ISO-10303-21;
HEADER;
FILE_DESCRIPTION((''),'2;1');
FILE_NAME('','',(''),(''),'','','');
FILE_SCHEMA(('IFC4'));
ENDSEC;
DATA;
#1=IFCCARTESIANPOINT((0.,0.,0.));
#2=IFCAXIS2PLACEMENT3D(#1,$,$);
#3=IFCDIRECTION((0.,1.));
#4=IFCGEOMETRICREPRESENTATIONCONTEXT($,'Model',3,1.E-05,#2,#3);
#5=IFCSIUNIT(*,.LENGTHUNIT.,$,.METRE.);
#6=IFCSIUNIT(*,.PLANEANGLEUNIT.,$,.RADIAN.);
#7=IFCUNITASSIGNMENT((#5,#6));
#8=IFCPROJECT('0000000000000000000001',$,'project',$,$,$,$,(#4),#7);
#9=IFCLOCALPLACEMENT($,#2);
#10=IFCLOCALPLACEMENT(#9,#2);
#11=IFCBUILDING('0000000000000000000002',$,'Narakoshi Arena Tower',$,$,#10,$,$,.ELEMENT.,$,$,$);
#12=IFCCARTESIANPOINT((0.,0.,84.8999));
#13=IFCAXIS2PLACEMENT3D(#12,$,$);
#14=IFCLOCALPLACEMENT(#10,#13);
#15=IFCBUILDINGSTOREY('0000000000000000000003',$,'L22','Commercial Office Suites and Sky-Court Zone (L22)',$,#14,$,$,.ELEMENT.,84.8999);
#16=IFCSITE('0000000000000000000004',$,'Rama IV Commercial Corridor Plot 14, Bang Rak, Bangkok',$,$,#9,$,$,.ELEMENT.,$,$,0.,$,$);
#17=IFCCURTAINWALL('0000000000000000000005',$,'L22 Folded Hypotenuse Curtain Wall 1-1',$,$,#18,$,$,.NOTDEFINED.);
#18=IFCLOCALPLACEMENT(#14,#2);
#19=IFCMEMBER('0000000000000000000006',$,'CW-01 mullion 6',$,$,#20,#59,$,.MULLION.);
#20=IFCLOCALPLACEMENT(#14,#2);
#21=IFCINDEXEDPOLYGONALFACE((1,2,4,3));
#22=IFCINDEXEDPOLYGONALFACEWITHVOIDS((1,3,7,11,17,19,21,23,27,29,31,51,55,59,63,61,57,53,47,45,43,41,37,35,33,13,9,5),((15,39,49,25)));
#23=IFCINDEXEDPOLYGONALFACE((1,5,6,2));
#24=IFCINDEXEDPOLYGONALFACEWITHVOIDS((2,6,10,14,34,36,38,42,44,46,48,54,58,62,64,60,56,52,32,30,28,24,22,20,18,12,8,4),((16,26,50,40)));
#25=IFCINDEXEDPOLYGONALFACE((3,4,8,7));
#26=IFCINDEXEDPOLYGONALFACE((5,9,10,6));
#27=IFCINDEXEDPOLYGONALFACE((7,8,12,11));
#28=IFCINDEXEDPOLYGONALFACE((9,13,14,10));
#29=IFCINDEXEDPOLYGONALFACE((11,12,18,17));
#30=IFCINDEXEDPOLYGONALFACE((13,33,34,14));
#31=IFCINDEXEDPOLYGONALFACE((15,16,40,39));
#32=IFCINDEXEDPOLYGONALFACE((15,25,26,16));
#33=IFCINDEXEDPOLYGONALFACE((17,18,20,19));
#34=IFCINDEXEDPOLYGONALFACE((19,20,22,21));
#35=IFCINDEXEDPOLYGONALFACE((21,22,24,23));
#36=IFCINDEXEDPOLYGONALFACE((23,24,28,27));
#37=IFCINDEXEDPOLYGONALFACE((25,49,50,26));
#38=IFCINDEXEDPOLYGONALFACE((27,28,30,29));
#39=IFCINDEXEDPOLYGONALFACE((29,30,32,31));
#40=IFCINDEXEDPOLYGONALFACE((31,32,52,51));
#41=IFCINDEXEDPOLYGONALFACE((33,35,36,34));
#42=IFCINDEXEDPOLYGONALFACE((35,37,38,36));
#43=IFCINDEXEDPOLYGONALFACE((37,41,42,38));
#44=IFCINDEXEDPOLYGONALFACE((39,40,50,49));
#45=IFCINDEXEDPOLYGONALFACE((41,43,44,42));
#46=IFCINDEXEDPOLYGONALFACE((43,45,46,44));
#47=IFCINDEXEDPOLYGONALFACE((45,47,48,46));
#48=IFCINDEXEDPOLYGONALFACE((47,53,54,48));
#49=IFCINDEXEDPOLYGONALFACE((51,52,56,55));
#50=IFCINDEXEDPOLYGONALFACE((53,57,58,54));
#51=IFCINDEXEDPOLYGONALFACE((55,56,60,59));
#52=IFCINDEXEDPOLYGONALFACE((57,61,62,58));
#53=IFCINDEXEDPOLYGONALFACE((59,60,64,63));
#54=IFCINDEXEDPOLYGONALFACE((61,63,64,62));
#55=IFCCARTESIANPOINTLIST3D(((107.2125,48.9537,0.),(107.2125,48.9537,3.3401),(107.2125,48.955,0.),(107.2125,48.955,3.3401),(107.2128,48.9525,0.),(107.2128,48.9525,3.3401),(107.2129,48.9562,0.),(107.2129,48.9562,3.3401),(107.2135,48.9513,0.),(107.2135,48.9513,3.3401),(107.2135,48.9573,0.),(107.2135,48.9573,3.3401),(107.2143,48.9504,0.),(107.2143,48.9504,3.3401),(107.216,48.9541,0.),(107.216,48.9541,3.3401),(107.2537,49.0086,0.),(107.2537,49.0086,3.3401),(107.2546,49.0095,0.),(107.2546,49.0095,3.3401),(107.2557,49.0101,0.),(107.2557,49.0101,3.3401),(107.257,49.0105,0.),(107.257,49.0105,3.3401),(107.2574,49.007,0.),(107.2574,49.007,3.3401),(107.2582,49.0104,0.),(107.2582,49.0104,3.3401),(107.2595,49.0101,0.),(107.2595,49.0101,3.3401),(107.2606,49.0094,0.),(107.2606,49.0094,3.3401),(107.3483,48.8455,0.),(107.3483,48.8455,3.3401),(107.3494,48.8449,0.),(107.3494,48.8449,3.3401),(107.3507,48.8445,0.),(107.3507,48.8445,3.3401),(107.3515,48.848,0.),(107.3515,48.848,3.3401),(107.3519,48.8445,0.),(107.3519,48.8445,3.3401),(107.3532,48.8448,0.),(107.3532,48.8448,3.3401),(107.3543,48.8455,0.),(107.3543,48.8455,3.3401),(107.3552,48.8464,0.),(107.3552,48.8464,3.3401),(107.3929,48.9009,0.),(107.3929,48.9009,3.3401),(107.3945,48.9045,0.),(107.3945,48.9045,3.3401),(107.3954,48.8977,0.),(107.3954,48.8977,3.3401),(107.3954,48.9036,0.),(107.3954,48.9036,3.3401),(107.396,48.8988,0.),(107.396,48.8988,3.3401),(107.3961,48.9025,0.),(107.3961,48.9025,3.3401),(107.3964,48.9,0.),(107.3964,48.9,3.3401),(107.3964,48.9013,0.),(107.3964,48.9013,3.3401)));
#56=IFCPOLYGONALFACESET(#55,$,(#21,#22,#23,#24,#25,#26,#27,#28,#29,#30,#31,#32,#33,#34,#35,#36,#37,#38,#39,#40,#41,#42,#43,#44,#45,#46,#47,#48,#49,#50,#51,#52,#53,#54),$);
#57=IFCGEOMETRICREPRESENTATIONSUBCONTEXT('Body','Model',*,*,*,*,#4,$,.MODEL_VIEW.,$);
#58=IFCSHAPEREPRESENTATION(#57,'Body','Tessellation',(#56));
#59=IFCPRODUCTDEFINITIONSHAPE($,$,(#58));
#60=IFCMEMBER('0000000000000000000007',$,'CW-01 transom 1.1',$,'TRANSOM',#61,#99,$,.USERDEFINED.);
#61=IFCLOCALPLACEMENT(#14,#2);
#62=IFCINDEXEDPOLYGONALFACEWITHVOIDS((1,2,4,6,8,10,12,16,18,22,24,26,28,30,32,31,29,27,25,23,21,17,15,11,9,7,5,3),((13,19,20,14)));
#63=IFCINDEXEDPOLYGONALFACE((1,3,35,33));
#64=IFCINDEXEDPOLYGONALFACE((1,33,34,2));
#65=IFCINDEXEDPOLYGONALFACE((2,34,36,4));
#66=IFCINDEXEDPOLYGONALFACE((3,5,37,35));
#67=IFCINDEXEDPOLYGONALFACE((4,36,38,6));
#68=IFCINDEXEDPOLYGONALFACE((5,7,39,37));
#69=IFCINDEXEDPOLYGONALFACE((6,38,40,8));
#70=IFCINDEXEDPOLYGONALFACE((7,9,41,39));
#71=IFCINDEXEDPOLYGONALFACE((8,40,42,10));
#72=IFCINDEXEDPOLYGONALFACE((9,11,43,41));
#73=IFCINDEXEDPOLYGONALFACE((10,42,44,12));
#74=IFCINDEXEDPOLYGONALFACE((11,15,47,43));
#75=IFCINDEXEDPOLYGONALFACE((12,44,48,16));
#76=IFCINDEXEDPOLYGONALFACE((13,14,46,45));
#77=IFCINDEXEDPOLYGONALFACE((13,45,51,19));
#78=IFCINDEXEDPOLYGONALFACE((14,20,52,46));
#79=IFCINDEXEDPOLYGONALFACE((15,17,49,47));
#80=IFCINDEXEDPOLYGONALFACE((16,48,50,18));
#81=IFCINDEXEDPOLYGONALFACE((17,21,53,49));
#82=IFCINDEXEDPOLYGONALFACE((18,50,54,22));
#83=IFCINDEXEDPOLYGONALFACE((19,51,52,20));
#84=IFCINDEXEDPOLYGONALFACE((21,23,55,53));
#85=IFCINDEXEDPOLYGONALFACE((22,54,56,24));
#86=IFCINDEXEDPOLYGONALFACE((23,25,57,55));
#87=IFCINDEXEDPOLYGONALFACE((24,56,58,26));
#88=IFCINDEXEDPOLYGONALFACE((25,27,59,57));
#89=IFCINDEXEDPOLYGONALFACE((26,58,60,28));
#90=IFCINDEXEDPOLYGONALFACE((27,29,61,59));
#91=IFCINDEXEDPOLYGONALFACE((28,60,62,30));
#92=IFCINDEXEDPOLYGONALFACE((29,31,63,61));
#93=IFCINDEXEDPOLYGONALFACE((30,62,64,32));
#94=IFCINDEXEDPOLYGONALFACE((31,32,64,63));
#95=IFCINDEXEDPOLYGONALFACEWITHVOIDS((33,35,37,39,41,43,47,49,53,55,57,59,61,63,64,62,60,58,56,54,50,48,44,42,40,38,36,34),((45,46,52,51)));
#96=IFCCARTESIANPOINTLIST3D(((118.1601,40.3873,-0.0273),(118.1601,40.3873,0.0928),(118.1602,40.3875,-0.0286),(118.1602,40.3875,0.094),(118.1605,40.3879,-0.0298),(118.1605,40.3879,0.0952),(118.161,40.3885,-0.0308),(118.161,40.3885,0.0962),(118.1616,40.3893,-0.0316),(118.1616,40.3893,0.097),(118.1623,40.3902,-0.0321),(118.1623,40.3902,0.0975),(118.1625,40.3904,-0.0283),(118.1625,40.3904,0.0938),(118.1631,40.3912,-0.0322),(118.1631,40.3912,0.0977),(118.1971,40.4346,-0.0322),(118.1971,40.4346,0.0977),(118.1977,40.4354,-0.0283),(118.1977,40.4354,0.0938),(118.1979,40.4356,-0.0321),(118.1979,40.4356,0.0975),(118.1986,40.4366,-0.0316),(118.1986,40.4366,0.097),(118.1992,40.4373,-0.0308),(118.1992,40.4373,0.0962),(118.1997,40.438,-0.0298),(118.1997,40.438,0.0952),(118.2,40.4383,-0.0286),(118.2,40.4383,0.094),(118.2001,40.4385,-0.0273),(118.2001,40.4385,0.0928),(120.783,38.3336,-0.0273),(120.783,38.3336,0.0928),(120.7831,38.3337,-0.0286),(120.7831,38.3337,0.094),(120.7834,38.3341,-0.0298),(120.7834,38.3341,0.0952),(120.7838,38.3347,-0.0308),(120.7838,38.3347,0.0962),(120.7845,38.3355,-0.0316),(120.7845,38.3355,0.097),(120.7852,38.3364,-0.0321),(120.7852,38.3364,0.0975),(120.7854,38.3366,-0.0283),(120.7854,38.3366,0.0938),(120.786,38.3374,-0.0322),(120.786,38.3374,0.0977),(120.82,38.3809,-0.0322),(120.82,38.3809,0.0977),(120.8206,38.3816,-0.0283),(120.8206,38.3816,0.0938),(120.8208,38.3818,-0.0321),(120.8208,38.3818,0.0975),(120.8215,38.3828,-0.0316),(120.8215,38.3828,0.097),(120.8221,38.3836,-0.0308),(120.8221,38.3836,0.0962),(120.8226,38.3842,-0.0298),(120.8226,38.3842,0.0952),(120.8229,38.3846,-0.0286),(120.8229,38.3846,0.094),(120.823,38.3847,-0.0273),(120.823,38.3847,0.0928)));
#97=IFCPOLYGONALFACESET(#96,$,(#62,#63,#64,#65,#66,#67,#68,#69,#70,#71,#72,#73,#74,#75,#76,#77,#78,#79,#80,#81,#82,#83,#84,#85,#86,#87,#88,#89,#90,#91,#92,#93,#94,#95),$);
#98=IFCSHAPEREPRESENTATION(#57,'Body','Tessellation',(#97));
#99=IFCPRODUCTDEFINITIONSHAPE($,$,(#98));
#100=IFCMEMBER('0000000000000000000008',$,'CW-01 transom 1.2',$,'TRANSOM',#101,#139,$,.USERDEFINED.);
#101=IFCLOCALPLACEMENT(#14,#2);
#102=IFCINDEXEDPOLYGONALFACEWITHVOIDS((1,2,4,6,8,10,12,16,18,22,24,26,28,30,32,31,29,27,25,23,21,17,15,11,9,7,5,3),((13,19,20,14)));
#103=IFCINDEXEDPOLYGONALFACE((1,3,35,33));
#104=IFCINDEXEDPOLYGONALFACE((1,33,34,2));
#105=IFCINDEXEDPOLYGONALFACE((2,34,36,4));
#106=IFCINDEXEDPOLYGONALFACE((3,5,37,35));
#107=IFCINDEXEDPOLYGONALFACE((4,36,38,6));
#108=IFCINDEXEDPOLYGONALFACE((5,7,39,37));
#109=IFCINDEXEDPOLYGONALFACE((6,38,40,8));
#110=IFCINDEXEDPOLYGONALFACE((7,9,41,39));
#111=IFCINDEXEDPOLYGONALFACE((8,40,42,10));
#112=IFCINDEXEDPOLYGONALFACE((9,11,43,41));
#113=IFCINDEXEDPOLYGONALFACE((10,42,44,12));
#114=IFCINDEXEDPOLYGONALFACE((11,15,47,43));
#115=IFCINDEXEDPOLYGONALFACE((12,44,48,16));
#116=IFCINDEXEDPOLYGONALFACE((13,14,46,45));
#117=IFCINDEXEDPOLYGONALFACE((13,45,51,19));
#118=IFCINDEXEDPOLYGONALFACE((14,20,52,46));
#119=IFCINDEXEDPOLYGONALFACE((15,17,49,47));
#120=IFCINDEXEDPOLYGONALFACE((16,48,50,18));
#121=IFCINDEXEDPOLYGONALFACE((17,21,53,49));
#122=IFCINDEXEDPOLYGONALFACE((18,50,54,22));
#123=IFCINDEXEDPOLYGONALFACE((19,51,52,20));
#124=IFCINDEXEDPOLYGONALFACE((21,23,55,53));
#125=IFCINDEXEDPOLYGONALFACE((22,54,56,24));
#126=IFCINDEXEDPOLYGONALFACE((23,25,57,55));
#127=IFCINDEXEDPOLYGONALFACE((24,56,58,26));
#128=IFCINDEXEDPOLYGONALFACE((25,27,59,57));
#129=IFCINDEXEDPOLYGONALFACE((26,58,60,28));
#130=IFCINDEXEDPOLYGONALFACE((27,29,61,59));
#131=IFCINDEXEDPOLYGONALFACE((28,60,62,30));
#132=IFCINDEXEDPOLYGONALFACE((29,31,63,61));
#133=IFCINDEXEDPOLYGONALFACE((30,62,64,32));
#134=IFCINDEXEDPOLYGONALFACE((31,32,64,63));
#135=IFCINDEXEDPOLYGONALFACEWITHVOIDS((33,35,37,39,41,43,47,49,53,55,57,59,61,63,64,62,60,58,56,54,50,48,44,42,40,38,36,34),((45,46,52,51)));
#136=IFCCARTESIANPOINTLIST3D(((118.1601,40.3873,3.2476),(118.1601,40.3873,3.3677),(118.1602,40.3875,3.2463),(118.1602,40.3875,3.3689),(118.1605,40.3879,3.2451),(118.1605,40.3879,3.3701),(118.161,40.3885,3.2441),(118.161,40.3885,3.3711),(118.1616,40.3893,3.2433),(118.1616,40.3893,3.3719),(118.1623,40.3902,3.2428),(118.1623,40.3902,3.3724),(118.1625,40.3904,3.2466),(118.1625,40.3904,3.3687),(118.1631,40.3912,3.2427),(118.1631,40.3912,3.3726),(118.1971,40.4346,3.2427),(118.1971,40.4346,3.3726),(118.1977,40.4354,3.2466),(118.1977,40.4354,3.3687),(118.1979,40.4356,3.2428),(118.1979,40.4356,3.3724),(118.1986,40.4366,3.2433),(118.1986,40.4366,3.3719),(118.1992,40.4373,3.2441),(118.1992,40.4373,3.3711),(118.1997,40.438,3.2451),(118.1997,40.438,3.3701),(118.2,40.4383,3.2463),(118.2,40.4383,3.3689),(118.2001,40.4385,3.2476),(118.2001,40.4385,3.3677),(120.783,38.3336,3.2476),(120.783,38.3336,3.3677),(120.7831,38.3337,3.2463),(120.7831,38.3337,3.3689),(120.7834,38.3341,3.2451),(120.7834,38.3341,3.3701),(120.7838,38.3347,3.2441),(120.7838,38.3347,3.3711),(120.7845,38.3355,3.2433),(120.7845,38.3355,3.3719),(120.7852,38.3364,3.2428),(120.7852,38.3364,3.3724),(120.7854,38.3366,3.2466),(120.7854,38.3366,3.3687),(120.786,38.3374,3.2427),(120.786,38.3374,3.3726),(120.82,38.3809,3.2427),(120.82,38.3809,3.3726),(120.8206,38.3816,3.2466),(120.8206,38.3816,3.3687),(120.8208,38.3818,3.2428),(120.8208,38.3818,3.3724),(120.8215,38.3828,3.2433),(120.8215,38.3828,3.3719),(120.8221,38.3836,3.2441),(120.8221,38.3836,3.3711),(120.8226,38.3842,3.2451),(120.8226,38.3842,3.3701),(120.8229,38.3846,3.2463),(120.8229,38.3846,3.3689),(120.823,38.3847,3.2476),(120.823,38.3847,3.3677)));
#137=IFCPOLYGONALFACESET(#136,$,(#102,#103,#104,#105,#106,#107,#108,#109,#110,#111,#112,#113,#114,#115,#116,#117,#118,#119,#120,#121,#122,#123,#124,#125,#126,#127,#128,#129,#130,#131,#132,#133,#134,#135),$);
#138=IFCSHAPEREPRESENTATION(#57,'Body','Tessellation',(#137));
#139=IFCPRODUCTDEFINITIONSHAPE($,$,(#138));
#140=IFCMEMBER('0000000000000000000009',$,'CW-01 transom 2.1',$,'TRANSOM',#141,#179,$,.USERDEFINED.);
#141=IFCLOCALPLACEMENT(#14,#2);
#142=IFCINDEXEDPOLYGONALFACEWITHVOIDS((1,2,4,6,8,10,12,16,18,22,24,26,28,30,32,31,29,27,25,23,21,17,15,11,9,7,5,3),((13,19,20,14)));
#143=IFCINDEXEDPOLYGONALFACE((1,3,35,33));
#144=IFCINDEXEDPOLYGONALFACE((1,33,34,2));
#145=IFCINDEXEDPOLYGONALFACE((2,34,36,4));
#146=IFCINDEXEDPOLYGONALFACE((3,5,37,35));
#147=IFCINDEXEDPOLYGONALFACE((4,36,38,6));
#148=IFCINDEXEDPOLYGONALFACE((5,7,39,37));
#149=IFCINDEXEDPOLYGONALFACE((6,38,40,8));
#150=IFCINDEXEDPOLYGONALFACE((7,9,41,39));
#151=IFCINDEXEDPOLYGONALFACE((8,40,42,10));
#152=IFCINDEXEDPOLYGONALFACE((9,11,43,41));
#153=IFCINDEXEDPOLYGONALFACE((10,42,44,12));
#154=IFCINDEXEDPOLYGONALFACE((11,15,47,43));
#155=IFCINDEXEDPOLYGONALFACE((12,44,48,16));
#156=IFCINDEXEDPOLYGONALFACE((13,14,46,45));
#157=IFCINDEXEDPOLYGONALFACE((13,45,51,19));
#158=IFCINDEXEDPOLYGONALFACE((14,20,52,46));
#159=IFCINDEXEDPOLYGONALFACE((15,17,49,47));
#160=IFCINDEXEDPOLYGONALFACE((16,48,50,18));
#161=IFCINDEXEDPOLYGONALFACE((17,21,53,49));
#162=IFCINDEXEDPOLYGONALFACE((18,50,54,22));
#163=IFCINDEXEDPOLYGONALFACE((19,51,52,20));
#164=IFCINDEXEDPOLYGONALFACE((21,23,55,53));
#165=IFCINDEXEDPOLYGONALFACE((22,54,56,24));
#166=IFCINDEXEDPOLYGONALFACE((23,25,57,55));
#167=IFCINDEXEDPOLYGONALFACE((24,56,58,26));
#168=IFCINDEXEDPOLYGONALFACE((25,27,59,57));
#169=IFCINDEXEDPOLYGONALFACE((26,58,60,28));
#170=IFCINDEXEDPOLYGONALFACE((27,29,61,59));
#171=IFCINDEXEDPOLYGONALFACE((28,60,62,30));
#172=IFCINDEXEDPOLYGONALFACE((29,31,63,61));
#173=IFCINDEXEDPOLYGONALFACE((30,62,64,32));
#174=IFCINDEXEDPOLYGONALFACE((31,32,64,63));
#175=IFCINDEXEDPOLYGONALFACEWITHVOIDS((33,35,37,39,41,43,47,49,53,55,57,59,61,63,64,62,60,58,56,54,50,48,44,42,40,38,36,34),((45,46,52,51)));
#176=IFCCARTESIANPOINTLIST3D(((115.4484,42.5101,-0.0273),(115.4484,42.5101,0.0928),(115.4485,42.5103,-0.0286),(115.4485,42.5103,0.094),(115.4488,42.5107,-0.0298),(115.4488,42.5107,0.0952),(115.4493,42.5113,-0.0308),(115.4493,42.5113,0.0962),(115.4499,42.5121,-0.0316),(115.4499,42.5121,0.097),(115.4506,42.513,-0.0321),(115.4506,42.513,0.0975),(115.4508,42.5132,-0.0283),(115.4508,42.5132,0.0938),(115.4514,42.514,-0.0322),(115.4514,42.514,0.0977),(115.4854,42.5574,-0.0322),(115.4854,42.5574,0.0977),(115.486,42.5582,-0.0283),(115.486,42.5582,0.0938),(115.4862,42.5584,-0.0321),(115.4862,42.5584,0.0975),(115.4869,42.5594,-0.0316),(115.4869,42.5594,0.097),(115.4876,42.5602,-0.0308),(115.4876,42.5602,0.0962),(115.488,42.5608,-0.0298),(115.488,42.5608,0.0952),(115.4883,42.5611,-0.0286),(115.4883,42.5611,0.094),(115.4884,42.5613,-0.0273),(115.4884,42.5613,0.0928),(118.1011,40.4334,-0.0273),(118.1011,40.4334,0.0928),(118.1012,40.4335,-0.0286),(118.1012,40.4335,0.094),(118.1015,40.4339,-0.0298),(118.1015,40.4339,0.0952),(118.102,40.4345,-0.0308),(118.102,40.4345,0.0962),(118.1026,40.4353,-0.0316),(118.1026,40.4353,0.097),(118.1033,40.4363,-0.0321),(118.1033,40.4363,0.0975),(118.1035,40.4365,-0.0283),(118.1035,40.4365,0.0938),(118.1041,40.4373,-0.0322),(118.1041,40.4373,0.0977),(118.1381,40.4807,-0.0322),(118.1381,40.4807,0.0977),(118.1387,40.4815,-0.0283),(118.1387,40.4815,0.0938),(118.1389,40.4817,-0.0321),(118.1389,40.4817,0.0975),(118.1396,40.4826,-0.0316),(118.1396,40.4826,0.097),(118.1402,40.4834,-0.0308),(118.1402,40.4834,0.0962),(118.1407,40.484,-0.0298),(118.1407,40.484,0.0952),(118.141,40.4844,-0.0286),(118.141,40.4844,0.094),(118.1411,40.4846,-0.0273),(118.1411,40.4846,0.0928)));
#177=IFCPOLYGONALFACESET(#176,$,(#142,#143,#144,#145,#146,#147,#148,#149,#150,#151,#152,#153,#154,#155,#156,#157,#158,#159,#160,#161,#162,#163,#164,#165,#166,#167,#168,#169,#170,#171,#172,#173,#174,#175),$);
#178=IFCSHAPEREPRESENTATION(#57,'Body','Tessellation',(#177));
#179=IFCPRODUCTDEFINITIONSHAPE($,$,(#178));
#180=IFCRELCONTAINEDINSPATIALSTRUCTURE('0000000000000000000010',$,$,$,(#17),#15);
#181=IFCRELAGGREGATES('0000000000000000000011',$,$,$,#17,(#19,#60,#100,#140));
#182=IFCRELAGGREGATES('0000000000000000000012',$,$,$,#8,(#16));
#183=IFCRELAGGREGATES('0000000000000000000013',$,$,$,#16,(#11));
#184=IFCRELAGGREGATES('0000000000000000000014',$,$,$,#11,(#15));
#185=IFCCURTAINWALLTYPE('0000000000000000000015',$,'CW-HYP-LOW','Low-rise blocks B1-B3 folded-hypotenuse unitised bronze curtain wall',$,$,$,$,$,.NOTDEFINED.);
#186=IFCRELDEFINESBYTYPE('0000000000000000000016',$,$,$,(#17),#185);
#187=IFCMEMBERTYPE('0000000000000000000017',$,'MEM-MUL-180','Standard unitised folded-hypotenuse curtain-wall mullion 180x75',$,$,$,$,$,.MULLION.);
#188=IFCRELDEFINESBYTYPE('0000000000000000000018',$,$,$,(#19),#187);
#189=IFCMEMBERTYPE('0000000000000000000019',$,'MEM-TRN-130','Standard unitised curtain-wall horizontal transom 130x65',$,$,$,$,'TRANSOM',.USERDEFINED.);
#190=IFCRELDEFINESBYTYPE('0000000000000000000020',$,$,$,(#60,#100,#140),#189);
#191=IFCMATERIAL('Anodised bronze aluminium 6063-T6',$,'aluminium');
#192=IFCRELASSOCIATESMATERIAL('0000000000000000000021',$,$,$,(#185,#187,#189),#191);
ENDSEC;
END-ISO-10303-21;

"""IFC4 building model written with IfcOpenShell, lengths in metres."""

from ifc_helpers import new_model, si_unit, direction, frame, origin, origin_2d, place, context, subcontext, project, spatial, hollow_rectangle, extrude, material, material_profile, profile_set, type_object, element, aggregate, save


model = new_model("IFC4")

# Units and contexts
model_context = context("Model", 3, precision=1e-05, world=origin(), true_north=direction((0.0, 1.0)))
body_context = subcontext(model_context, "Body", "Model", "MODEL_VIEW")
ifc_project = project(units=[si_unit("LENGTHUNIT", "METRE"), si_unit("PLANEANGLEUNIT", "RADIAN")], contexts=[model_context])

# Site, building, storey
site_placement = place(None, origin())
site = spatial("IfcSite", under=ifc_project, at=site_placement, Name="Rama IV Commercial Corridor Plot 14, Bang Rak, Bangkok", CompositionType="ELEMENT", RefElevation=0.0)
building_placement = place(site_placement, origin())
building = spatial("IfcBuilding", under=site, at=building_placement, Name="Narakoshi Arena Tower", CompositionType="ELEMENT")
storey_placement = place(building_placement, frame((0.0, 0.0, 84.8999)))
storey = spatial("IfcBuildingStorey", under=building, at=storey_placement, Name="L22", Description="Commercial Office Suites and Sky-Court Zone (L22)", CompositionType="ELEMENT", Elevation=84.8999)

# Curtain wall, members
ifc_material_1 = material(Name="Anodised bronze aluminium 6063-T6", Category="aluminium")
curtain_wall_type = type_object("IfcCurtainWallType", Name="CW-HYP-LOW", Description="Low-rise blocks B1-B3 folded-hypotenuse unitised bronze curtain wall", PredefinedType="NOTDEFINED", material=ifc_material_1)
curtain_wall_placement = place(storey_placement, origin())
curtain_wall = element("IfcCurtainWall", 1, at=curtain_wall_placement, inside=storey, type_object=curtain_wall_type, Name="L22 Folded Hypotenuse Curtain Wall 1-1", PredefinedType="NOTDEFINED")
ifc_material_profile_1 = material_profile(ifc_material_1, hollow_rectangle(XDim=0.075, YDim=0.1799, WallThickness=0.0039, OuterFilletRadius=0.0049, at=origin_2d()), Name="MUL180x75x4")
ifc_profile_set_1 = profile_set([ifc_material_profile_1], Name="Anodised bronze aluminium 6063-T6")
member_type_1 = type_object("IfcMemberType", Name="MEM-MUL-180", Description="Standard unitised folded-hypotenuse curtain-wall mullion 180x75", PredefinedType="MULLION", material=ifc_profile_set_1)
member_1_placement = place(storey_placement, frame((107.3044, 48.9275, 0.0), z_axis=(0.0, 0.0, 1.0), x_axis=(-0.616458, -0.787388, 0.0)))
member_1 = element("IfcMember", 2, at=member_1_placement, type_object=member_type_1, Name="CW-01 mullion 6", PredefinedType="MULLION", context=body_context, shape_type="SweptSolid", body=[
    extrude(hollow_rectangle(XDim=0.075, YDim=0.1799, WallThickness=0.0039, OuterFilletRadius=0.0049, at=origin_2d()), origin(), (0.0, 0.0, 1.0), 3.3401),
])
ifc_material_profile_2 = material_profile(ifc_material_1, hollow_rectangle(XDim=0.0649, YDim=0.1299, WallThickness=0.0039, OuterFilletRadius=0.0049, at=origin_2d()), Name="TRN130x65x4")
ifc_profile_set_2 = profile_set([ifc_material_profile_2], Name="Anodised bronze aluminium 6063-T6")
member_type_2 = type_object("IfcMemberType", Name="MEM-TRN-130", Description="Standard unitised curtain-wall horizontal transom 130x65", ElementType="TRANSOM", PredefinedType="USERDEFINED", material=ifc_profile_set_2)
member_2_placement = place(storey_placement, frame((120.803, 38.3591, 0.0327), z_axis=(-0.787347, 0.61651, 0.0), x_axis=(-0.61651, -0.787347, 0.0)))
member_2 = element("IfcMember", 3, at=member_2_placement, type_object=member_type_2, Name="CW-01 transom 1.1", ObjectType="TRANSOM", PredefinedType="USERDEFINED", context=body_context, shape_type="SweptSolid", body=[
    extrude(hollow_rectangle(XDim=0.0649, YDim=0.1299, WallThickness=0.0039, OuterFilletRadius=0.0049, at=origin_2d()), origin(), (0.0, 0.0, 1.0), 3.3313),
])
member_3_placement = place(storey_placement, frame((120.803, 38.3591, 3.3076), z_axis=(-0.787347, 0.61651, 0.0), x_axis=(-0.61651, -0.787347, 0.0)))
member_3 = element("IfcMember", 4, at=member_3_placement, type_object=member_type_2, Name="CW-01 transom 1.2", ObjectType="TRANSOM", PredefinedType="USERDEFINED", context=body_context, shape_type="SweptSolid", body=[
    extrude(hollow_rectangle(XDim=0.0649, YDim=0.1299, WallThickness=0.0039, OuterFilletRadius=0.0049, at=origin_2d()), origin(), (0.0, 0.0, 1.0), 3.3313),
])
member_4_placement = place(storey_placement, frame((118.1211, 40.459, 0.0327), z_axis=(-0.787401, 0.616441, 0.0), x_axis=(-0.616441, -0.787401, 0.0)))
member_4 = element("IfcMember", 5, at=member_4_placement, type_object=member_type_2, Name="CW-01 transom 2.1", ObjectType="TRANSOM", PredefinedType="USERDEFINED", context=body_context, shape_type="SweptSolid", body=[
    extrude(hollow_rectangle(XDim=0.0649, YDim=0.1299, WallThickness=0.0039, OuterFilletRadius=0.0049, at=origin_2d()), origin(), (0.0, 0.0, 1.0), 3.3689),
])
aggregate(curtain_wall, [member_1, member_2, member_3, member_4])

save(model, "model.ifc")
